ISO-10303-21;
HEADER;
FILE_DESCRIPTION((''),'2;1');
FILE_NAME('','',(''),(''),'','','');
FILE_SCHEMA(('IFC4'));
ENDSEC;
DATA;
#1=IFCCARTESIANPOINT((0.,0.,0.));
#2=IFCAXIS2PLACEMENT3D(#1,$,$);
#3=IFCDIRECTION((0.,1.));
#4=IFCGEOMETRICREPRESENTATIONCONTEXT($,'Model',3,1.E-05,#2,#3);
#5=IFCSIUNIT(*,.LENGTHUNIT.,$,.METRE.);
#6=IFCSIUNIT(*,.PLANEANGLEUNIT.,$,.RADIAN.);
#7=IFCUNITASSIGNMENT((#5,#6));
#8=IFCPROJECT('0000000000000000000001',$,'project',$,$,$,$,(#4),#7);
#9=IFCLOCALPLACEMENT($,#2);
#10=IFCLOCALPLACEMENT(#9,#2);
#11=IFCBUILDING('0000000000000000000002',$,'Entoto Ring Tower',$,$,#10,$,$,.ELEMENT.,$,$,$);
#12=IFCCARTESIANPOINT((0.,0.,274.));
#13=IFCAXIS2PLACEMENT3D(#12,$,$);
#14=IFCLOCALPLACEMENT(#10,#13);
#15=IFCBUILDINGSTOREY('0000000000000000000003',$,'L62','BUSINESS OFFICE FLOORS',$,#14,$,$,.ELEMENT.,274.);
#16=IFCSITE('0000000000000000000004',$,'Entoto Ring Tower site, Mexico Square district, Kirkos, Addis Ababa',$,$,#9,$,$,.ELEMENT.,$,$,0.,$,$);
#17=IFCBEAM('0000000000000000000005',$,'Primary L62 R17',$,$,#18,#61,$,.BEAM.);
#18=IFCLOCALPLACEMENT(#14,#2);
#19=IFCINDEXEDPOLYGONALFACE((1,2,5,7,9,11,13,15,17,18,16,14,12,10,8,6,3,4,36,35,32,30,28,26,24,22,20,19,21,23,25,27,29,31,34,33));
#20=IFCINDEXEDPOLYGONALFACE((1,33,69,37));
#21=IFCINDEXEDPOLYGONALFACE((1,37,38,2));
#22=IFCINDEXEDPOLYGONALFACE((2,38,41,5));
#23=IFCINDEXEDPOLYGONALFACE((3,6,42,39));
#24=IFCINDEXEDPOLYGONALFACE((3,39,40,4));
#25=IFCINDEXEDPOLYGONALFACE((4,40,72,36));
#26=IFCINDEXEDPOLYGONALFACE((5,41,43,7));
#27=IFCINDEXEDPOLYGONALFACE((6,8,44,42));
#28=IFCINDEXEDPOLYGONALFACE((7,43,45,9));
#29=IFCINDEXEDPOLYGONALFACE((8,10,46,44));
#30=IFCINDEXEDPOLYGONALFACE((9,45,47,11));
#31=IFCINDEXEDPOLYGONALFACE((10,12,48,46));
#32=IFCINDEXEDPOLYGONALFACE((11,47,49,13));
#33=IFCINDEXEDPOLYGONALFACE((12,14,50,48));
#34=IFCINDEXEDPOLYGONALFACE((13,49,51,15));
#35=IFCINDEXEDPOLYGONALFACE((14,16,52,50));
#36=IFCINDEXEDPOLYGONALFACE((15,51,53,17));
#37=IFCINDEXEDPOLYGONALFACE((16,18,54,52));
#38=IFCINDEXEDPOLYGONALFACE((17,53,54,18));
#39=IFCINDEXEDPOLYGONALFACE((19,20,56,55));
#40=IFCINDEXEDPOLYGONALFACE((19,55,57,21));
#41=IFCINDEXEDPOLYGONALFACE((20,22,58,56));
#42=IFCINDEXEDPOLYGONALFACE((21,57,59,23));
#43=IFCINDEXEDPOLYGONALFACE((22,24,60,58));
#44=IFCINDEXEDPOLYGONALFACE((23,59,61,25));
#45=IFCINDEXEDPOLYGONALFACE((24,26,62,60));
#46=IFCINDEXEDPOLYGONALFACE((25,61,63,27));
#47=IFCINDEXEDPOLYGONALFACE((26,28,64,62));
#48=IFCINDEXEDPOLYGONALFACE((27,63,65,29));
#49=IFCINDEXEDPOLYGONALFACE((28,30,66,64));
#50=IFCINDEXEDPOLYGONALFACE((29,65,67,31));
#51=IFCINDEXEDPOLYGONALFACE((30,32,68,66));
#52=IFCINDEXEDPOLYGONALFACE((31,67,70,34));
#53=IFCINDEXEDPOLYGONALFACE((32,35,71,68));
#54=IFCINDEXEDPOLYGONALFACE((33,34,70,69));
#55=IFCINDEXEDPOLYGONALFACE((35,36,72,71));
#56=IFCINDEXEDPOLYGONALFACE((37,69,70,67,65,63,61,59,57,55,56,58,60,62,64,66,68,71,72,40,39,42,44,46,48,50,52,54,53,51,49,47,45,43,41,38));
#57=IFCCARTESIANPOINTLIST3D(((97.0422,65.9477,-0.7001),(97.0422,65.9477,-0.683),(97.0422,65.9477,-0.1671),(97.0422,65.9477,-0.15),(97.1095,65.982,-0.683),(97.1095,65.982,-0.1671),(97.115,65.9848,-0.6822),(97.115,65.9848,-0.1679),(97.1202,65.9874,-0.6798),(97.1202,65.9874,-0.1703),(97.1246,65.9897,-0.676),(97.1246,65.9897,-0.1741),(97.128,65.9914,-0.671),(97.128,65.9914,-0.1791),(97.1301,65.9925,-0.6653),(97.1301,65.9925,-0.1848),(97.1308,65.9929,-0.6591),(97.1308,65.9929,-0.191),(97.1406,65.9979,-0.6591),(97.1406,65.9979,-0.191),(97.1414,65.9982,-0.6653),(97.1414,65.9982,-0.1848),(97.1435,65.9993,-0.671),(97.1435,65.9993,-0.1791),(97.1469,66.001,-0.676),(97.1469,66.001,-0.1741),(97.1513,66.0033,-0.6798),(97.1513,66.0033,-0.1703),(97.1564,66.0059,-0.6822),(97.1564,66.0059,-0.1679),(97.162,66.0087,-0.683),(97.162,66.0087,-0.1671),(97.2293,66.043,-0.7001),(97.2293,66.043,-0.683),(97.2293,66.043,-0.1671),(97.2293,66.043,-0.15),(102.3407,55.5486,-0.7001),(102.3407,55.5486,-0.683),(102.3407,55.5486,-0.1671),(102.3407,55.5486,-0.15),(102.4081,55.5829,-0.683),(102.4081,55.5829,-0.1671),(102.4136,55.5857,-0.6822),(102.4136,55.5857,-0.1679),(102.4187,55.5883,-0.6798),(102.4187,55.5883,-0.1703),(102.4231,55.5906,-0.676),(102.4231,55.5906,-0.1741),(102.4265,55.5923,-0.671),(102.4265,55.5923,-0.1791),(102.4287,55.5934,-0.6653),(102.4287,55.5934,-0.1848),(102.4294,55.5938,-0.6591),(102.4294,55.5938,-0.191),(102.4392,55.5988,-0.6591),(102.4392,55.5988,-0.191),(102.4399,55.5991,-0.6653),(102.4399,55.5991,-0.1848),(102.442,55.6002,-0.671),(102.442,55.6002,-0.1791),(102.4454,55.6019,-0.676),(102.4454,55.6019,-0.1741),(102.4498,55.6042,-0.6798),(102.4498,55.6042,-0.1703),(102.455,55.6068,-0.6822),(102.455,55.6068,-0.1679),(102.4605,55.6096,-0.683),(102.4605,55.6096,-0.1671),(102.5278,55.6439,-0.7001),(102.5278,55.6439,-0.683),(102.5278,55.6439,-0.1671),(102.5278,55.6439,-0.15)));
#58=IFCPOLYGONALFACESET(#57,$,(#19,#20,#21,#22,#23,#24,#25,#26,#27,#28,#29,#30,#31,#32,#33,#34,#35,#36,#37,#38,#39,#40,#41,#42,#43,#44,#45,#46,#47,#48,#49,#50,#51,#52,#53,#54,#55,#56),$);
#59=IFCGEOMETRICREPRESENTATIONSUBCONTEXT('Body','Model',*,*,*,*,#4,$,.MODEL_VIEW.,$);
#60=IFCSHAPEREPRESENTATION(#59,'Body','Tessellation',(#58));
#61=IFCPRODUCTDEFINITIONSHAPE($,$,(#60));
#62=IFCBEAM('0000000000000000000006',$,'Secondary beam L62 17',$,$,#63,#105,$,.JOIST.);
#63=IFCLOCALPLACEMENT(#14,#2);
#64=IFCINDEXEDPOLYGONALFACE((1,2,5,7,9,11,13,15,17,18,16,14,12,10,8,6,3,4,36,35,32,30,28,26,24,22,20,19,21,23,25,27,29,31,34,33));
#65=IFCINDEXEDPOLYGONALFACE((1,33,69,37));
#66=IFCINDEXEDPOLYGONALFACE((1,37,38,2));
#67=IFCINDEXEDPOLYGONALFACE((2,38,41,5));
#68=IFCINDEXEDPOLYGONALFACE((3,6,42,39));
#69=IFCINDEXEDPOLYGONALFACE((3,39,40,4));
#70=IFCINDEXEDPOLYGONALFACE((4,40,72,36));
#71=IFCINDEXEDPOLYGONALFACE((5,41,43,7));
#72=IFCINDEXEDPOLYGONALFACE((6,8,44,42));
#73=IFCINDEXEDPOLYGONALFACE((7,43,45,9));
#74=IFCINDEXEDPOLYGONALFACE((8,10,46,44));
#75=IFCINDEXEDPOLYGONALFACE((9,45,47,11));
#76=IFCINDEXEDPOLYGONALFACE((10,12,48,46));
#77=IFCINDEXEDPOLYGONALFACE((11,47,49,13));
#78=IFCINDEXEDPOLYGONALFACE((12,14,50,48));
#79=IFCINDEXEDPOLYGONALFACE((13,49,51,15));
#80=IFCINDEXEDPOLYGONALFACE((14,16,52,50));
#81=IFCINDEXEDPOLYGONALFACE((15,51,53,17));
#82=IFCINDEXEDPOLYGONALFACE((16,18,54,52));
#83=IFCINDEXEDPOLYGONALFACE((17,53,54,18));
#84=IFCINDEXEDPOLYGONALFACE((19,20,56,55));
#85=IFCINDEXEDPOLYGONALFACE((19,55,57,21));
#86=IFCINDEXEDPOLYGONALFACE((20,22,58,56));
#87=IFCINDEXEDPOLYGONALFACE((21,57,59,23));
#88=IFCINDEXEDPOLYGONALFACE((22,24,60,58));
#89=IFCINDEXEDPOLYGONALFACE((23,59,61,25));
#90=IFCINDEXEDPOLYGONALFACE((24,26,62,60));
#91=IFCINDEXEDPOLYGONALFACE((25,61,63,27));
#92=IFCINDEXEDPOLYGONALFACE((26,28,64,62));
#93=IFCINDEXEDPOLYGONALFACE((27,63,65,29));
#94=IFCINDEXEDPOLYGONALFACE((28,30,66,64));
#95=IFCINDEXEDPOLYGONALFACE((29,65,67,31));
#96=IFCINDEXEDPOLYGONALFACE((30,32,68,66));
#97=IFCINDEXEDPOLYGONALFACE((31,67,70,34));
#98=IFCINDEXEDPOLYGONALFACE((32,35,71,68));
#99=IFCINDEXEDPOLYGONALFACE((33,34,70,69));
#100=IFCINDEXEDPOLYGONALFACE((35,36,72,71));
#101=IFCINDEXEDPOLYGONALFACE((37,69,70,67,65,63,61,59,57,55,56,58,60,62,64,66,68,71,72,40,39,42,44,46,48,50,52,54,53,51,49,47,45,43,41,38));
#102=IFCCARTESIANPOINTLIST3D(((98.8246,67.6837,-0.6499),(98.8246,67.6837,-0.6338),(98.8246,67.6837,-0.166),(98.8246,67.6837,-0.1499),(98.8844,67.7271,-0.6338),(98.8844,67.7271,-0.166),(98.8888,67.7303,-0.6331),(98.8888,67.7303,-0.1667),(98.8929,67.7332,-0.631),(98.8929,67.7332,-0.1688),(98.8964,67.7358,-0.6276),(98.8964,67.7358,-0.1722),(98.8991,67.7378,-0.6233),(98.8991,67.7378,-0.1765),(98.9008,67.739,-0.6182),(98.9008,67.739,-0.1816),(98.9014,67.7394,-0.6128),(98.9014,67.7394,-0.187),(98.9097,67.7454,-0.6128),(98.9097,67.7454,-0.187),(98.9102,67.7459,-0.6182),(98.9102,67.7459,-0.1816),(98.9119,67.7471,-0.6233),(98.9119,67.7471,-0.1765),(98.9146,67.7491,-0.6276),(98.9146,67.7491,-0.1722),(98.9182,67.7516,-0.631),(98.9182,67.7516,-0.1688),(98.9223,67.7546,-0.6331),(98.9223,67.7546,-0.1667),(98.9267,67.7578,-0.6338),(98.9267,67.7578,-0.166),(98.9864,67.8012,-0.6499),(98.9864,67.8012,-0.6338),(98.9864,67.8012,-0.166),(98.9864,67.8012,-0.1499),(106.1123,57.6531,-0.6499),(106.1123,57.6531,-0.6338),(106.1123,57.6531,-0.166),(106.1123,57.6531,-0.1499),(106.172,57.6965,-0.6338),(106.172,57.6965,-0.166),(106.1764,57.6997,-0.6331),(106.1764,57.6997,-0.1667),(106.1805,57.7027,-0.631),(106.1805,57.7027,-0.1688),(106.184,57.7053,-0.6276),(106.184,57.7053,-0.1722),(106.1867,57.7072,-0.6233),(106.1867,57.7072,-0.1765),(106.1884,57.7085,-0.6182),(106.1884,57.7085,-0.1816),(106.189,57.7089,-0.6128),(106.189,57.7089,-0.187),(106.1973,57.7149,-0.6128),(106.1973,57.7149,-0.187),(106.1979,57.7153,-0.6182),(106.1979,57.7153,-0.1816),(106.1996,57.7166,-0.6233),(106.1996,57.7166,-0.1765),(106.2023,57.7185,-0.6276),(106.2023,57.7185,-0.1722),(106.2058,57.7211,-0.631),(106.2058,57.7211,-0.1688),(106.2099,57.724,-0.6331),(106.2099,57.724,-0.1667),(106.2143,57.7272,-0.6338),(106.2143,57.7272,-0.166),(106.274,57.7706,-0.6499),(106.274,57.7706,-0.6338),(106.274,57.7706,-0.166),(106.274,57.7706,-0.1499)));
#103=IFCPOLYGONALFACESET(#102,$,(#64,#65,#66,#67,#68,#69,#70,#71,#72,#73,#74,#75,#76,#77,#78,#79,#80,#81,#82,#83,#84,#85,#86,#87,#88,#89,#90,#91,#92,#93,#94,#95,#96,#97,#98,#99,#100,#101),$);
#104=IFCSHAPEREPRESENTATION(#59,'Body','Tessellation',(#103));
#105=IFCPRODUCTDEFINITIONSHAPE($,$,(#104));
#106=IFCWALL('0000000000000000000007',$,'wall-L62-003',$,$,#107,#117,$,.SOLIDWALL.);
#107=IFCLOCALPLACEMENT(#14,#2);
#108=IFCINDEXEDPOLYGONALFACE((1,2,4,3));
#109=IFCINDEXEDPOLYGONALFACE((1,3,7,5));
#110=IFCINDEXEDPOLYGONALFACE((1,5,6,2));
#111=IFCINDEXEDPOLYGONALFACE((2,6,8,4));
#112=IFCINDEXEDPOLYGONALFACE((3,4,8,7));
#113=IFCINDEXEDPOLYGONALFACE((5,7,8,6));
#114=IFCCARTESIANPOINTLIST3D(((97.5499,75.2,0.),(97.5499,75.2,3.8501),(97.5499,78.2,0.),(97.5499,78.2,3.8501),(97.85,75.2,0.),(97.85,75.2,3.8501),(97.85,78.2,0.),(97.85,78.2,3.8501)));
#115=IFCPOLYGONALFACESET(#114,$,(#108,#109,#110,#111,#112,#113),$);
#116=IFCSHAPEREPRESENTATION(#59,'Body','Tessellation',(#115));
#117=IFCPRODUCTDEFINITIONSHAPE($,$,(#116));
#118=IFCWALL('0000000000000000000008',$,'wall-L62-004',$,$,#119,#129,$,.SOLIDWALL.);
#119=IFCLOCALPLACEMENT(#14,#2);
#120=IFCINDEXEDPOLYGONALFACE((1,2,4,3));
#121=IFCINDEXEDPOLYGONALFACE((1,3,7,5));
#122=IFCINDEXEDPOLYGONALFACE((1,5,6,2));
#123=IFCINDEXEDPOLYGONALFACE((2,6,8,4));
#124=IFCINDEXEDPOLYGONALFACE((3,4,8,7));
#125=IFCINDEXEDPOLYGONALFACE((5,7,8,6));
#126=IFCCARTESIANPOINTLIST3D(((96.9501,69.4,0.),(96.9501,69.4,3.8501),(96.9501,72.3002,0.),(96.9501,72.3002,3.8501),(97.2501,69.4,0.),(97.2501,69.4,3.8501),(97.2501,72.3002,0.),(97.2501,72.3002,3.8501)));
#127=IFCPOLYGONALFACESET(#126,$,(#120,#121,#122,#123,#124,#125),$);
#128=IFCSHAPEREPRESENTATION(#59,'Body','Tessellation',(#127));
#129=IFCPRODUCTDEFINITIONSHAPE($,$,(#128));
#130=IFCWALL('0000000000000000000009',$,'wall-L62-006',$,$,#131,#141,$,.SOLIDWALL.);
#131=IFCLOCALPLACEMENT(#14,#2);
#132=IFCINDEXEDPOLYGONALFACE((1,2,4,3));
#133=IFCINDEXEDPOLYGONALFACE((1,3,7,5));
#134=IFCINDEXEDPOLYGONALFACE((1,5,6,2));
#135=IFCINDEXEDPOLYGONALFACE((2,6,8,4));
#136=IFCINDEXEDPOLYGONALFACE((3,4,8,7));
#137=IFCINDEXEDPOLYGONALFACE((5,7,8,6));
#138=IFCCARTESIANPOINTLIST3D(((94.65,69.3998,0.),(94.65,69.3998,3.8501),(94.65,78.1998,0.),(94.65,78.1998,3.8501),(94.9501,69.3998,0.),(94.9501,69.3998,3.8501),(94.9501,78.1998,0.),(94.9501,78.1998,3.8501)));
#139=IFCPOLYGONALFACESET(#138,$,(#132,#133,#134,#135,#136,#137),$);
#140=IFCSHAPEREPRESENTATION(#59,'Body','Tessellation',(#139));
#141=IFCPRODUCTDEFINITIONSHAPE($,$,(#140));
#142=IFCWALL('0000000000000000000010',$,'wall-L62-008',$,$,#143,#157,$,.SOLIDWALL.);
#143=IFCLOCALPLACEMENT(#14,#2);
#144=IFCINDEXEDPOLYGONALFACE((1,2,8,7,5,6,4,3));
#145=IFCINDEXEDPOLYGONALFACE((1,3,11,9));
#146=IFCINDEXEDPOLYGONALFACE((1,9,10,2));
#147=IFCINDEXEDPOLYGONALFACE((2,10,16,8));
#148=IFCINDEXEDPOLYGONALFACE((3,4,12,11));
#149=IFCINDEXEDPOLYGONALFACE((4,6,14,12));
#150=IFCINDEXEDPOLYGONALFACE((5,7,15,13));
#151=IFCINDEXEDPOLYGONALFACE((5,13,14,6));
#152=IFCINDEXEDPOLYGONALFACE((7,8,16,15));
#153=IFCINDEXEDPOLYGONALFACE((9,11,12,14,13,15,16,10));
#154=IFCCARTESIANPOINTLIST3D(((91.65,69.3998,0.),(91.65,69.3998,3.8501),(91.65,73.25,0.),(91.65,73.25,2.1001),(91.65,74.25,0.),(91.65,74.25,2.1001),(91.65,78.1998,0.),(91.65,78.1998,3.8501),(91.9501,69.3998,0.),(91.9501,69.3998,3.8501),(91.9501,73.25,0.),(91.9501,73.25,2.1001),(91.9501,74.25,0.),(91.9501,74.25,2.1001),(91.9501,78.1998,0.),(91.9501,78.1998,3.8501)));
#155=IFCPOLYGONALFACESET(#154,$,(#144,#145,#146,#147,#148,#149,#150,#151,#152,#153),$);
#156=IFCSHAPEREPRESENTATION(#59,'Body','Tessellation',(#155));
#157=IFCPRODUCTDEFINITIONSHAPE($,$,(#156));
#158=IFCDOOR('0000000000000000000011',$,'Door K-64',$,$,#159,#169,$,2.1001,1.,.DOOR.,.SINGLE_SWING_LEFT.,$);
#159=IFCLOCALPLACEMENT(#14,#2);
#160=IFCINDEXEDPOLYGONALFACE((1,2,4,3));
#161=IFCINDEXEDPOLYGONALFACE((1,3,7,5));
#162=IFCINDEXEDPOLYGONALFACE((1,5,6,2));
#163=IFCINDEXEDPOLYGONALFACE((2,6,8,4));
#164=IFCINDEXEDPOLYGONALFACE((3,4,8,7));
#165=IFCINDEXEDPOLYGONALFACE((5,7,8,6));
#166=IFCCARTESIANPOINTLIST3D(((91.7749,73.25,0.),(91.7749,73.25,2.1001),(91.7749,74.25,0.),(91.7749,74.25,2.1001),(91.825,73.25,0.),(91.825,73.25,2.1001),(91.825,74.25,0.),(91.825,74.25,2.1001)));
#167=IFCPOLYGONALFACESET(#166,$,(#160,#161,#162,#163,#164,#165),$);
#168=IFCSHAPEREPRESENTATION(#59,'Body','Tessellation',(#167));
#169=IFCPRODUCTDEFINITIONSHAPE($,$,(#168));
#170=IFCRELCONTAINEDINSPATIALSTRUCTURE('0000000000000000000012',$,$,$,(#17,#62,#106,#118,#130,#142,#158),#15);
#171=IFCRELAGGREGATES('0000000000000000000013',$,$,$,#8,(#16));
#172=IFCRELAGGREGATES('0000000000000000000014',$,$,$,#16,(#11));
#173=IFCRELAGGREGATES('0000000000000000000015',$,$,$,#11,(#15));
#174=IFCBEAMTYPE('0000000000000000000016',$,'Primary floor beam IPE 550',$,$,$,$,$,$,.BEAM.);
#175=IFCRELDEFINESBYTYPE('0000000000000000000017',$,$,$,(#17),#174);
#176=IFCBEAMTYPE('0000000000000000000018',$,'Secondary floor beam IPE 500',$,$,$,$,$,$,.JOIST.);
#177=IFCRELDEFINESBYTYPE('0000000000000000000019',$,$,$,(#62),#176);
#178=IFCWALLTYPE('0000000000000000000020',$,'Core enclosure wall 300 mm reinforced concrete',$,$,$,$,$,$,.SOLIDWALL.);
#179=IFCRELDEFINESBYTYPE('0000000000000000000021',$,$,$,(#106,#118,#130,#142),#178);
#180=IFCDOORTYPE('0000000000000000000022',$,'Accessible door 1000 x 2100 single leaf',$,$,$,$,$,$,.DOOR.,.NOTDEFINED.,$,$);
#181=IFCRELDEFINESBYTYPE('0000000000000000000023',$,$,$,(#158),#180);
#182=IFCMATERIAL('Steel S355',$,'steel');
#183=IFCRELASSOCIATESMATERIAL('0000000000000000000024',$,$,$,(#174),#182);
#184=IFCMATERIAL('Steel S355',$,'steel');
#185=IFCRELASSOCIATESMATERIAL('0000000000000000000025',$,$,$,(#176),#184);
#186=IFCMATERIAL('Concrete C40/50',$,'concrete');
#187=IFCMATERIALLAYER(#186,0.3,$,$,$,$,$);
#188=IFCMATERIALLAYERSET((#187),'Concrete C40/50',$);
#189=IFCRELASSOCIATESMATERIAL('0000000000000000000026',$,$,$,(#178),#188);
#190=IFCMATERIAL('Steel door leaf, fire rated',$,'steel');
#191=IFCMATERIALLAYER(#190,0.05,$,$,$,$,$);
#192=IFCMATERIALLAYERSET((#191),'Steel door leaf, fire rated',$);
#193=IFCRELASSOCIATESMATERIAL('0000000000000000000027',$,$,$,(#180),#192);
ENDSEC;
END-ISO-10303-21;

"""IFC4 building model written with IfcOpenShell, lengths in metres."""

from ifc_helpers import new_model, si_unit, direction, frame, frame_2d, origin, origin_2d, place, context, subcontext, project, spatial, rectangle, i_section, extrude, material, layer, layer_set, material_profile, profile_set, type_object, element, fill, save


model = new_model("IFC4")

# Units and contexts
model_context = context("Model", 3, precision=1e-05, world=origin(), true_north=direction((0.0, 1.0)))
body_context = subcontext(model_context, "Body", "Model", "MODEL_VIEW")
ifc_project = project(units=[si_unit("LENGTHUNIT", "METRE"), si_unit("PLANEANGLEUNIT", "RADIAN")], contexts=[model_context])

# Site, building, storey
site_placement = place(None, origin())
site = spatial("IfcSite", under=ifc_project, at=site_placement, Name="Entoto Ring Tower site, Mexico Square district, Kirkos, Addis Ababa", CompositionType="ELEMENT", RefElevation=0.0)
building_placement = place(site_placement, origin())
building = spatial("IfcBuilding", under=site, at=building_placement, Name="Entoto Ring Tower", CompositionType="ELEMENT")
storey_placement = place(building_placement, frame((0.0, 0.0, 274.0)))
storey = spatial("IfcBuildingStorey", under=building, at=storey_placement, Name="L62", Description="BUSINESS OFFICE FLOORS", CompositionType="ELEMENT", Elevation=274.0)

# Beams
ifc_material_1 = material(Name="Steel S355", Category="steel")
ifc_material_profile_1 = material_profile(ifc_material_1, i_section(OverallWidth=0.21, OverallDepth=0.55, WebThickness=0.011, FlangeThickness=0.0171, FilletRadius=0.0239, at=origin_2d()), Name="IPE 550")
ifc_profile_set_1 = profile_set([ifc_material_profile_1], Name="Steel S355")
beam_type_1 = type_object("IfcBeamType", Name="Primary floor beam IPE 550", PredefinedType="BEAM", material=ifc_profile_set_1)
beam_1_placement = place(storey_placement, frame((97.1357, 65.9954, -0.425), z_axis=(0.453987, -0.891009, 0.0), x_axis=(0.891009, 0.453987, 0.0)))
element("IfcBeam", 1, at=beam_1_placement, inside=storey, type_object=beam_type_1, Name="Primary L62 R17", PredefinedType="BEAM", context=body_context, shape_type="SweptSolid", body=[
    extrude(i_section(OverallWidth=0.21, OverallDepth=0.55, WebThickness=0.011, FlangeThickness=0.0171, FilletRadius=0.0239, at=origin_2d()), origin(), (0.0, 0.0, 1.0), 11.6711),
])
ifc_material_2 = material(Name="Steel S355", Category="steel")
ifc_material_profile_2 = material_profile(ifc_material_2, i_section(OverallWidth=0.2, OverallDepth=0.5, WebThickness=0.0103, FlangeThickness=0.0161, FilletRadius=0.021, at=origin_2d()), Name="IPE 500")
ifc_profile_set_2 = profile_set([ifc_material_profile_2], Name="Steel S355")
beam_type_2 = type_object("IfcBeamType", Name="Secondary floor beam IPE 500", PredefinedType="JOIST", material=ifc_profile_set_2)
beam_2_placement = place(storey_placement, frame((98.9055, 67.7424, -0.3999), z_axis=(0.587785, -0.809017, 0.0), x_axis=(0.809017, 0.587785, 0.0)))
element("IfcBeam", 2, at=beam_2_placement, inside=storey, type_object=beam_type_2, Name="Secondary beam L62 17", PredefinedType="JOIST", context=body_context, shape_type="SweptSolid", body=[
    extrude(i_section(OverallWidth=0.2, OverallDepth=0.5, WebThickness=0.0103, FlangeThickness=0.0161, FilletRadius=0.021, at=origin_2d()), origin(), (0.0, 0.0, 1.0), 12.3984),
])

# Walls
ifc_material_3 = material(Name="Concrete C40/50", Category="concrete")
ifc_layer_1 = layer(ifc_material_3, 0.3)
ifc_layer_set_1 = layer_set([ifc_layer_1], Name="Concrete C40/50")
wall_type = type_object("IfcWallType", Name="Core enclosure wall 300 mm reinforced concrete", PredefinedType="SOLIDWALL", material=ifc_layer_set_1)
wall_1_placement = place(storey_placement, frame((97.7, 75.2, 0.0), z_axis=(0.0, 0.0, 1.0), x_axis=(0.0, 1.0, 0.0)))
element("IfcWall", 3, at=wall_1_placement, inside=storey, type_object=wall_type, Name="wall-L62-003", PredefinedType="SOLIDWALL", context=body_context, shape_type="SweptSolid", body=[
    extrude(rectangle(XDim=3.0, YDim=0.3, at=frame_2d((1.5, 0.0))), origin(), (0.0, 0.0, 1.0), 3.8501),
])
wall_2_placement = place(storey_placement, frame((97.1001, 69.3999, 0.0), z_axis=(0.0, 0.0, 1.0), x_axis=(0.0, 1.0, 0.0)))
element("IfcWall", 4, at=wall_2_placement, inside=storey, type_object=wall_type, Name="wall-L62-004", PredefinedType="SOLIDWALL", context=body_context, shape_type="SweptSolid", body=[
    extrude(rectangle(XDim=2.9001, YDim=0.3, at=frame_2d((1.4502, 0.0))), origin(), (0.0, 0.0, 1.0), 3.8501),
])
wall_3_placement = place(storey_placement, frame((94.8, 69.3999, 0.0), z_axis=(0.0, 0.0, 1.0), x_axis=(0.0, 1.0, 0.0)))
element("IfcWall", 5, at=wall_3_placement, inside=storey, type_object=wall_type, Name="wall-L62-006", PredefinedType="SOLIDWALL", context=body_context, shape_type="SweptSolid", body=[
    extrude(rectangle(XDim=8.8, YDim=0.3, at=frame_2d((4.3999, 0.0))), origin(), (0.0, 0.0, 1.0), 3.8501),
])

# Wall, opening, door
wall_4_placement = place(storey_placement, frame((91.8, 69.3999, 0.0), z_axis=(0.0, 0.0, 1.0), x_axis=(0.0, 1.0, 0.0)))
wall_4 = element("IfcWall", 6, at=wall_4_placement, inside=storey, type_object=wall_type, Name="wall-L62-008", PredefinedType="SOLIDWALL", context=body_context, shape_type="SweptSolid", body=[
    extrude(rectangle(XDim=8.8, YDim=0.3, at=frame_2d((4.3999, 0.0))), origin(), (0.0, 0.0, 1.0), 3.8501),
])
opening_1_placement = place(wall_4_placement, frame((3.8501, 0.0, 0.0)))
opening_1 = element("IfcOpeningElement", 7, at=opening_1_placement, cuts=wall_4, PredefinedType="OPENING", context=body_context, shape_type="SweptSolid", body=[
    extrude(rectangle(XDim=1.0, YDim=2.1001, at=frame_2d((0.5, 1.05))), frame((0.0, 0.1602, 0.0), z_axis=(0.0, -1.0, 0.0), x_axis=(1.0, 0.0, 0.0)), (0.0, 0.0, 1.0), 0.3201),
])
ifc_material_4 = material(Name="Steel door leaf, fire rated", Category="steel")
ifc_layer_2 = layer(ifc_material_4, 0.05)
ifc_layer_set_2 = layer_set([ifc_layer_2], Name="Steel door leaf, fire rated")
door_type_1 = type_object("IfcDoorType", Name="Accessible door 1000 x 2100 single leaf", OperationType="NOTDEFINED", PredefinedType="DOOR", material=ifc_layer_set_2)
door_1_placement = place(opening_1_placement, frame((1.0, 0.0, 0.0), z_axis=(0.0, 0.0, 1.0), x_axis=(-1.0, 0.0, 0.0)))
door_1 = element("IfcDoor", 8, at=door_1_placement, inside=storey, type_object=door_type_1, Name="Door K-64", OperationType="SINGLE_SWING_LEFT", OverallHeight=2.1001, OverallWidth=1.0, PredefinedType="DOOR", context=body_context, shape_type="SweptSolid", body=[
    extrude(rectangle(XDim=1.0, YDim=2.1001, at=frame_2d((0.5, 1.05))), frame((0.0, 0.0249, 0.0), z_axis=(0.0, -1.0, 0.0), x_axis=(1.0, 0.0, 0.0)), (0.0, 0.0, 1.0), 0.05),
])
fill(opening_1, door_1)

save(model, "model.ifc")
